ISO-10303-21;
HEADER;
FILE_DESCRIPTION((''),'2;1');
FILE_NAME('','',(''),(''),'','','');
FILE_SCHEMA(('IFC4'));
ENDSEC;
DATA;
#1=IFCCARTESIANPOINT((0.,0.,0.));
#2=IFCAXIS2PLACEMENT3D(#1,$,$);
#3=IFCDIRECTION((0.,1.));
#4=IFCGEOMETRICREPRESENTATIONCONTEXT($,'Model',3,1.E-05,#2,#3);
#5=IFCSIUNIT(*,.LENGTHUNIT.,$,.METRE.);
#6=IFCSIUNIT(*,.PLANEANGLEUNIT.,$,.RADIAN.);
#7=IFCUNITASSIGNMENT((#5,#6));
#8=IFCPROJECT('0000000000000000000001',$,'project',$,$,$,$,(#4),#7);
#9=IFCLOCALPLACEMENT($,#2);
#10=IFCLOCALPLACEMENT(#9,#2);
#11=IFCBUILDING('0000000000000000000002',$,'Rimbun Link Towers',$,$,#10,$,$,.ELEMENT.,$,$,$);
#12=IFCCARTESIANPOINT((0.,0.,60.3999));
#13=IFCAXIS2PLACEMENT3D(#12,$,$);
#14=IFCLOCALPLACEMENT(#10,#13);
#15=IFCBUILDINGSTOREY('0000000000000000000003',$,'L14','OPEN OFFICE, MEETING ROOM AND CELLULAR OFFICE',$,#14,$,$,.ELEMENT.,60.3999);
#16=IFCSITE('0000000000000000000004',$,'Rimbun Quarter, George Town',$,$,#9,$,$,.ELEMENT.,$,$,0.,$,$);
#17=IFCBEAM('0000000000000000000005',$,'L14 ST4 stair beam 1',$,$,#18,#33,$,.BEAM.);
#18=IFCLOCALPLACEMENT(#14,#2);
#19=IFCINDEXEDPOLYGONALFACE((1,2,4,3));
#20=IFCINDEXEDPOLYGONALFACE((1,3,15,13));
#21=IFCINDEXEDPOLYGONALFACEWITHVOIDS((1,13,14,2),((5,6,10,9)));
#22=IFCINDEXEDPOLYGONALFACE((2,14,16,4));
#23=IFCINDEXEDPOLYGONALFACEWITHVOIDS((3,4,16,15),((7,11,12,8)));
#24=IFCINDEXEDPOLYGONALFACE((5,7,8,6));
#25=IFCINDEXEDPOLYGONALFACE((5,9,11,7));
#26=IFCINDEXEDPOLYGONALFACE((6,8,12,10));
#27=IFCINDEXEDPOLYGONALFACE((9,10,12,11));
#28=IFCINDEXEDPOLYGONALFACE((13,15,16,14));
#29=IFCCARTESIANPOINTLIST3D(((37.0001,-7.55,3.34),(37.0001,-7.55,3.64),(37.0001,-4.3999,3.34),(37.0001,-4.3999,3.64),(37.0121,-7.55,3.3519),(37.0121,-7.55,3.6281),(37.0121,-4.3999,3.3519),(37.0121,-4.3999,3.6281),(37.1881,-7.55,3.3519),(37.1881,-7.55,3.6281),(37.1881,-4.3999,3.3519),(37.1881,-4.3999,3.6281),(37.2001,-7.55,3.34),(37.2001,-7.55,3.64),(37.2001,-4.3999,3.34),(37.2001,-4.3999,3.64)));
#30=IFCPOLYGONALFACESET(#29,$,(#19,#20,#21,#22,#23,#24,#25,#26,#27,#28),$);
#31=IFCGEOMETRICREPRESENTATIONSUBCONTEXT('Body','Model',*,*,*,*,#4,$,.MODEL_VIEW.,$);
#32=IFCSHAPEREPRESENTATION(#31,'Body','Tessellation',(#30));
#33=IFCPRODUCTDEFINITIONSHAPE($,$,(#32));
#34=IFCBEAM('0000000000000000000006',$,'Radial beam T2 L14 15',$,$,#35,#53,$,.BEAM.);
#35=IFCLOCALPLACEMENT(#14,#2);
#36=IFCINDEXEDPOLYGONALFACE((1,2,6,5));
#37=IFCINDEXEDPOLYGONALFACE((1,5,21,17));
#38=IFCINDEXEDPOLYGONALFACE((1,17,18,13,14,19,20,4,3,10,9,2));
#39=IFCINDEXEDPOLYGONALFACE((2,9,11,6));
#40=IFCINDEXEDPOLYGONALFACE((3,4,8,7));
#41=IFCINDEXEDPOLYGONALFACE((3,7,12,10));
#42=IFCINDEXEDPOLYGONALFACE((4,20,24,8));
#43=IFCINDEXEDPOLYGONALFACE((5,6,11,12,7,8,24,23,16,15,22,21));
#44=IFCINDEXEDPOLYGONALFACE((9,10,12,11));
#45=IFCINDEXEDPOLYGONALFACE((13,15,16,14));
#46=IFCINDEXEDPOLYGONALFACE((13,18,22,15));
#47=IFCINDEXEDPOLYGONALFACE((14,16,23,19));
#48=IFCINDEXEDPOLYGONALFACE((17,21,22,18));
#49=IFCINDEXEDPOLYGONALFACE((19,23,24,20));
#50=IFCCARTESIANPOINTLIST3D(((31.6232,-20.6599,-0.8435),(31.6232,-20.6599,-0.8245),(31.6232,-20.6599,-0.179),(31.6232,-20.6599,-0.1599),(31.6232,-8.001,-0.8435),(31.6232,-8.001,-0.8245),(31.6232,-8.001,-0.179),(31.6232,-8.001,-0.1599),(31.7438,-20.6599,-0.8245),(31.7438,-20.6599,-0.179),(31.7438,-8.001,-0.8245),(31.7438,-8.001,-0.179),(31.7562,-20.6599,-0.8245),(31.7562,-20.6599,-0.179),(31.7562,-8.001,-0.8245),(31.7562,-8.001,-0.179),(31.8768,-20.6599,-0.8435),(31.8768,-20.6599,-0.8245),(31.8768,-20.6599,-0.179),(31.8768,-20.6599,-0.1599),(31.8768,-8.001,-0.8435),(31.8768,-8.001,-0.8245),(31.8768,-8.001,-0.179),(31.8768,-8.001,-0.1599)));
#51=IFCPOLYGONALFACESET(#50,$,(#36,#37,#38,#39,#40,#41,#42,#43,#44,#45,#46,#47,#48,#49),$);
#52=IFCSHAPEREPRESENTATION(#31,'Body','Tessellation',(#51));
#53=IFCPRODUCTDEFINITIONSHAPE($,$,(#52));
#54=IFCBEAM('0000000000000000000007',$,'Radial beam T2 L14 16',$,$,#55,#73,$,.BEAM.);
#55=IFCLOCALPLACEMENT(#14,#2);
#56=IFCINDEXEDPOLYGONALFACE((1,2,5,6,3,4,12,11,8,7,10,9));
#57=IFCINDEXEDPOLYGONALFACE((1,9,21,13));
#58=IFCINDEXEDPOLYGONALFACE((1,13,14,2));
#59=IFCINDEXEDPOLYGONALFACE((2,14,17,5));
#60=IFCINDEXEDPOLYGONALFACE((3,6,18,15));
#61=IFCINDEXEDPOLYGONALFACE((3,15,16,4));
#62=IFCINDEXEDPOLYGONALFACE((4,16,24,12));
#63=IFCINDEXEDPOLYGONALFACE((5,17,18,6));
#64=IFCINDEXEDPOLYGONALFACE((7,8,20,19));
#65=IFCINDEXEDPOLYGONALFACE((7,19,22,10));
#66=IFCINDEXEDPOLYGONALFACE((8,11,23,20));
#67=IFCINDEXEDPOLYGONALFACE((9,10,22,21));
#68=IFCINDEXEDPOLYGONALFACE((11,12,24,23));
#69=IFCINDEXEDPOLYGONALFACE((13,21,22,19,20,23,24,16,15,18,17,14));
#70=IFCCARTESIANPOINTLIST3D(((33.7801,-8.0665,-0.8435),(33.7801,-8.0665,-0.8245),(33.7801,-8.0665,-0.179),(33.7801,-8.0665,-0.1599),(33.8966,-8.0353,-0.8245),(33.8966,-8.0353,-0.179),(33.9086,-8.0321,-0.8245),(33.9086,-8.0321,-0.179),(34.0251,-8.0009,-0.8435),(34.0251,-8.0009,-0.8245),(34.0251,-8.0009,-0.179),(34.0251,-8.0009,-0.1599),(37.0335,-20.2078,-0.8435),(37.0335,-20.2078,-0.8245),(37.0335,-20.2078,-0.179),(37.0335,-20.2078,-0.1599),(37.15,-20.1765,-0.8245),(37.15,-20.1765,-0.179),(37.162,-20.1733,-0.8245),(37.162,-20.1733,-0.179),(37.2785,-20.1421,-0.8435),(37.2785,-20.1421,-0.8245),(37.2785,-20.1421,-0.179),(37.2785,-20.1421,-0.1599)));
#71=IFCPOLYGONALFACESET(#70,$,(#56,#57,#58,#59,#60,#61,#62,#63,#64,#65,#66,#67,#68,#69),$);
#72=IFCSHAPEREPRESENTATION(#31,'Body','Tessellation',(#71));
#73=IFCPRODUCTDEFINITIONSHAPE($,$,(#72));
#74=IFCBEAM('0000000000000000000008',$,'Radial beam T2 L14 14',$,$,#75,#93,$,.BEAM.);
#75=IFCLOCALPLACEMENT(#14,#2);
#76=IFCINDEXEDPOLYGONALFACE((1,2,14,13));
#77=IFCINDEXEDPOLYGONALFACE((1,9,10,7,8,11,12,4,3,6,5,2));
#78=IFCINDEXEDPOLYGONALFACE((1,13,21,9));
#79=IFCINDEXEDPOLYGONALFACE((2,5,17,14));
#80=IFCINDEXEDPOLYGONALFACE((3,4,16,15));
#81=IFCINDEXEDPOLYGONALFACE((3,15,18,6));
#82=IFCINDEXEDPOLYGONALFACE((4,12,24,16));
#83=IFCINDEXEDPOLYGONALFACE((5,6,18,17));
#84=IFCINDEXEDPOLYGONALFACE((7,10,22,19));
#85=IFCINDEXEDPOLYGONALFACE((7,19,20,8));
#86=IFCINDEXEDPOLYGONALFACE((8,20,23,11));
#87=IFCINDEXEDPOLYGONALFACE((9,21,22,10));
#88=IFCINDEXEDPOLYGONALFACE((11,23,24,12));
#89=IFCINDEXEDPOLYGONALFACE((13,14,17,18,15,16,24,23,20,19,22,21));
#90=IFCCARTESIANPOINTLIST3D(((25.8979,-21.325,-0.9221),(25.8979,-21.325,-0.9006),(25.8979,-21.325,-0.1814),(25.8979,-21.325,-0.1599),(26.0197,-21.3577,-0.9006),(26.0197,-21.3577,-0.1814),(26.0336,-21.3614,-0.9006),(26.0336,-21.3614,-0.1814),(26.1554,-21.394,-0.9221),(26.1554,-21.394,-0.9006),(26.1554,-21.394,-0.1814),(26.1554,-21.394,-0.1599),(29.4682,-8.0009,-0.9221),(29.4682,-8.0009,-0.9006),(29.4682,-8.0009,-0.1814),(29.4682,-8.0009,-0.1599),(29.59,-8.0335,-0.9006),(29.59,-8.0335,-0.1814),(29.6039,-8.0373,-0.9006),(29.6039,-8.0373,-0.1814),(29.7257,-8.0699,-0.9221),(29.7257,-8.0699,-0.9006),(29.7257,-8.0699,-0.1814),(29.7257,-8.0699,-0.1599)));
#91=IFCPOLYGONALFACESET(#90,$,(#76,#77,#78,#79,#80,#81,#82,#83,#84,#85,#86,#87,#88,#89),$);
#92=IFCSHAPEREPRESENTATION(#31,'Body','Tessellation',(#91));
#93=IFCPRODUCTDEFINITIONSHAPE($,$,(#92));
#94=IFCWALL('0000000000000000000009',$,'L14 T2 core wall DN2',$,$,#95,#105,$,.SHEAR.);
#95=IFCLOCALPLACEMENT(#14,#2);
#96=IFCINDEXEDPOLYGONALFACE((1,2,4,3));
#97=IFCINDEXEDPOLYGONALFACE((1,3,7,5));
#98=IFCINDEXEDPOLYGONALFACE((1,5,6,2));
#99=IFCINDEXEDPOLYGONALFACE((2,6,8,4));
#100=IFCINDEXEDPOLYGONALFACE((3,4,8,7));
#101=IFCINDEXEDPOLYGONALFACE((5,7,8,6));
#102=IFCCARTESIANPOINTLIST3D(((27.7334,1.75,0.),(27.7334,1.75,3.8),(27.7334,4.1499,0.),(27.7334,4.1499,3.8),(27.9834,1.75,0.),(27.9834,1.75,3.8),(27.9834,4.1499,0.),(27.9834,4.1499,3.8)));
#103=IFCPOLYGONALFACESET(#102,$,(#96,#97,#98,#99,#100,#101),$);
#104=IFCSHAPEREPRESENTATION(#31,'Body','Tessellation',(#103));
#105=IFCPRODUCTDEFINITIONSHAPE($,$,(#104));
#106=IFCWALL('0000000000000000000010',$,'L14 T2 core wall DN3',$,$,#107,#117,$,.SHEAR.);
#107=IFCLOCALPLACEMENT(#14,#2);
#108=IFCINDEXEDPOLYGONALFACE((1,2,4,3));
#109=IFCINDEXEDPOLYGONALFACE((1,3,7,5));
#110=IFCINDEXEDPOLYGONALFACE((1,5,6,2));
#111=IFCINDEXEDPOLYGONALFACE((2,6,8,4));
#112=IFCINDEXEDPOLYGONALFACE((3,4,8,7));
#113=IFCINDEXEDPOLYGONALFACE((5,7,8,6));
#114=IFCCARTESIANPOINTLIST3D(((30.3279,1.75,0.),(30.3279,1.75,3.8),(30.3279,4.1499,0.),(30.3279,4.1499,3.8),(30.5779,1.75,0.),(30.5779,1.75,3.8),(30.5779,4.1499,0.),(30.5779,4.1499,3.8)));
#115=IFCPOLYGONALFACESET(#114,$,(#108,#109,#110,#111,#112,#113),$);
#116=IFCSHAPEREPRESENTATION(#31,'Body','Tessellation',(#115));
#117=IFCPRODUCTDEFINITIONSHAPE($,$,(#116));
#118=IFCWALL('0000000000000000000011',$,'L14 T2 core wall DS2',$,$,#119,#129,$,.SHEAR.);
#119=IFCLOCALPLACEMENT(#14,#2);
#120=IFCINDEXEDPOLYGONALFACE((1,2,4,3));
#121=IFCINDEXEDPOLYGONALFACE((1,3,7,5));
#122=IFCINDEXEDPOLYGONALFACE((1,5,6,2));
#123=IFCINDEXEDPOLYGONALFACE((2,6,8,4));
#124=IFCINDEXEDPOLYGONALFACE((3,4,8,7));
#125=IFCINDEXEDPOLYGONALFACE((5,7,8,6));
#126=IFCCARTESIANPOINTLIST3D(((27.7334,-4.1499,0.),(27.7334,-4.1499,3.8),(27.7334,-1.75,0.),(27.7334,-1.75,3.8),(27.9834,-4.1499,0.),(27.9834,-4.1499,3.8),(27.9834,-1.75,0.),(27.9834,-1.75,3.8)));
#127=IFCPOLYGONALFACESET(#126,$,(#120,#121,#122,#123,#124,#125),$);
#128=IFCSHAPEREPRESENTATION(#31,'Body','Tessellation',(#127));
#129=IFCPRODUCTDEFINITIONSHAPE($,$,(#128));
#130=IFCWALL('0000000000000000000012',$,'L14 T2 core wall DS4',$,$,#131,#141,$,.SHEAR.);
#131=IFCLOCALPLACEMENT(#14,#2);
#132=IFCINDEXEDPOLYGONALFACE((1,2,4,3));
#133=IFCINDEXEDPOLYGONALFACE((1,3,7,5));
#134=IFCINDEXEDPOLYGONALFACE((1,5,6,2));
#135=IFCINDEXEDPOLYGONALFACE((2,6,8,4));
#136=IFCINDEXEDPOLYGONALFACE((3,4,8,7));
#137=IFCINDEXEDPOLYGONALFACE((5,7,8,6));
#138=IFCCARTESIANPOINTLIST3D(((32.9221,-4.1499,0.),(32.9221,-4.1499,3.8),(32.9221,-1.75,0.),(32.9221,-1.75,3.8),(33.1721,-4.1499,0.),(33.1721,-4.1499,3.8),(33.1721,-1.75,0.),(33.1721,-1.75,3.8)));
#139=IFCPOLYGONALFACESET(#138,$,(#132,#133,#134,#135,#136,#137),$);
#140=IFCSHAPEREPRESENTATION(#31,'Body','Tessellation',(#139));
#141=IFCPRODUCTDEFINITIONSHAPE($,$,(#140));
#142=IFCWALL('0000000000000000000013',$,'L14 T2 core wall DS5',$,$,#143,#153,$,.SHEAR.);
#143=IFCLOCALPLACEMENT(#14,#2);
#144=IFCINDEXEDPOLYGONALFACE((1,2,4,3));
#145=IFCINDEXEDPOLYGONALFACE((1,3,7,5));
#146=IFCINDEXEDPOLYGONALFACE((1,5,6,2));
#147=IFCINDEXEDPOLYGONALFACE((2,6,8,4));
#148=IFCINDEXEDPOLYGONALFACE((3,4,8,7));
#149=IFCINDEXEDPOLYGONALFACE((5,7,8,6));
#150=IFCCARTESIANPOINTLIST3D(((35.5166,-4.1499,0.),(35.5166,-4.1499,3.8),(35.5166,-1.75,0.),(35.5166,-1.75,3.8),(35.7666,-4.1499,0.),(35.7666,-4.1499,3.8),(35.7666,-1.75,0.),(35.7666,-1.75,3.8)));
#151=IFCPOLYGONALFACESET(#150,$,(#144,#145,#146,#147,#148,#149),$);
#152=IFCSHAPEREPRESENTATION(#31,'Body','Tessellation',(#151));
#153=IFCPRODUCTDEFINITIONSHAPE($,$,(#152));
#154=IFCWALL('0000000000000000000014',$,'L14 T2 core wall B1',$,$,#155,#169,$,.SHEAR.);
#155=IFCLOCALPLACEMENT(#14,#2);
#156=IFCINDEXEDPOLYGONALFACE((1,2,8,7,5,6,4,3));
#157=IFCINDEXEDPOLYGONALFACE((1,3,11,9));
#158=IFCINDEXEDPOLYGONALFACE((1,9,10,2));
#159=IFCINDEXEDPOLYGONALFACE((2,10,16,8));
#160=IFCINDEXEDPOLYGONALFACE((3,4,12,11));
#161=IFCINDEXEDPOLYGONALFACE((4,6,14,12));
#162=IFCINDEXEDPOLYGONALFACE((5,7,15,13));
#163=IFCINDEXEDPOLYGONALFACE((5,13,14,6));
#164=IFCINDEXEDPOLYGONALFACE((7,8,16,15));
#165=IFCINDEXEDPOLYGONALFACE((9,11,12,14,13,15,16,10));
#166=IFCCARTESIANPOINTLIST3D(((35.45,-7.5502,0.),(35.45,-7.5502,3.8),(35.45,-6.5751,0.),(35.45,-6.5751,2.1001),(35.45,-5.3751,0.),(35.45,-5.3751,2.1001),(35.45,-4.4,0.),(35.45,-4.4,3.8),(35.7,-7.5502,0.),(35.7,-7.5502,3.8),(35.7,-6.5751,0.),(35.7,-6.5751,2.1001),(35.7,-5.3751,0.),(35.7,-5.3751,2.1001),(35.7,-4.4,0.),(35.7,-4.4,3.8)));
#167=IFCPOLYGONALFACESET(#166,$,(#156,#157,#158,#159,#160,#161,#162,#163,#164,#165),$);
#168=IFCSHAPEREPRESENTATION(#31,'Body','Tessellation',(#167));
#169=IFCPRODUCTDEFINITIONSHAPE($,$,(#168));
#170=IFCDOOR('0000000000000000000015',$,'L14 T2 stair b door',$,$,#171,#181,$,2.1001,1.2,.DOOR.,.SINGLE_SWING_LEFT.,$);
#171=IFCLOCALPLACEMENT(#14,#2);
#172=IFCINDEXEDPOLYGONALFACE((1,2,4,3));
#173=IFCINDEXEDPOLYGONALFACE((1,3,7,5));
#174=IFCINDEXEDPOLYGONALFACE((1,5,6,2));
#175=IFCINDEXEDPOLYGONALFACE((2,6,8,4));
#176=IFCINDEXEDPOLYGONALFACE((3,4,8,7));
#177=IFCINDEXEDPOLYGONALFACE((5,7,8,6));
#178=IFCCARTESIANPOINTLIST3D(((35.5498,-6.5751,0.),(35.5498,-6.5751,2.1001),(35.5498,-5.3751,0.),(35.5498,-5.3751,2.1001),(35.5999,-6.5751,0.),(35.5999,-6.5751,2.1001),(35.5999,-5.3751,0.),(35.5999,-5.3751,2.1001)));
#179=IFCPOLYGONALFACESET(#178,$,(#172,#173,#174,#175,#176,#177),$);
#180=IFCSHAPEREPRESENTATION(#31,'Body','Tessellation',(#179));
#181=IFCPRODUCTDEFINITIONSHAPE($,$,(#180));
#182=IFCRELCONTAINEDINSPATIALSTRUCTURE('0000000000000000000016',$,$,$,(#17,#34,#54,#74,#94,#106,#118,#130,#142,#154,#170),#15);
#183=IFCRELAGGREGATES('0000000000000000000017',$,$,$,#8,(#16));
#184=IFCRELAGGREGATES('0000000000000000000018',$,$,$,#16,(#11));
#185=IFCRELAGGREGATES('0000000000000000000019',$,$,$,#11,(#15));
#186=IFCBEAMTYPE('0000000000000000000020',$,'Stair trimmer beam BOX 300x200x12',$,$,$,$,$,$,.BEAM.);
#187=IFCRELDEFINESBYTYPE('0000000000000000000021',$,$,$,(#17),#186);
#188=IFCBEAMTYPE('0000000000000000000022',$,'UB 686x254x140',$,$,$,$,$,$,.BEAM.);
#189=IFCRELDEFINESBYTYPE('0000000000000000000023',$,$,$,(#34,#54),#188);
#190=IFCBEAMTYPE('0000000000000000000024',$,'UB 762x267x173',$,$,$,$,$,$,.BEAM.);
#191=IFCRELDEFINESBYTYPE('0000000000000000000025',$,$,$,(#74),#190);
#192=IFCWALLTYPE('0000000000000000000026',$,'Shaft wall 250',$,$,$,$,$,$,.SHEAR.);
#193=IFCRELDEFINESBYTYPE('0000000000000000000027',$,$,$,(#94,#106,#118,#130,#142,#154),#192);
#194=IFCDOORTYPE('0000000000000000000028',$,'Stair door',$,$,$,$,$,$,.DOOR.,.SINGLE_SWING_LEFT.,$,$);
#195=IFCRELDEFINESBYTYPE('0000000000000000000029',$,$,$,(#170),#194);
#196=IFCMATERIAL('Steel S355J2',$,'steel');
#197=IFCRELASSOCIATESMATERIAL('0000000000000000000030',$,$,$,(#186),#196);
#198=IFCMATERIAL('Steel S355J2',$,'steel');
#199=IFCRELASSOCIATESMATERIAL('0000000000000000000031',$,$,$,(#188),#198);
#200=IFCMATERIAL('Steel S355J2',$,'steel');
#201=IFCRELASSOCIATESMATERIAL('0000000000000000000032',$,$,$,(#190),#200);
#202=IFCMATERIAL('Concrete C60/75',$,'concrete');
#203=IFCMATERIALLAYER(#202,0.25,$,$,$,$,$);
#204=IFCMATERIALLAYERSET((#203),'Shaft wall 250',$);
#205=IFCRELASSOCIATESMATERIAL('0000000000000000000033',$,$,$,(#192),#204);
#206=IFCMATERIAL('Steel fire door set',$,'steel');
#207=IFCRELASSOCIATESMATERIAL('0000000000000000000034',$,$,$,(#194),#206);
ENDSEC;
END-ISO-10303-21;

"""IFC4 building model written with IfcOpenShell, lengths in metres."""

from ifc_helpers import new_model, si_unit, direction, frame, frame_2d, origin, origin_2d, place, context, subcontext, project, spatial, rectangle, hollow_rectangle, i_section, extrude, material, layer, layer_set, material_profile, profile_set, type_object, element, fill, save


model = new_model("IFC4")

# Units and contexts
model_context = context("Model", 3, precision=1e-05, world=origin(), true_north=direction((0.0, 1.0)))
body_context = subcontext(model_context, "Body", "Model", "MODEL_VIEW")
ifc_project = project(units=[si_unit("LENGTHUNIT", "METRE"), si_unit("PLANEANGLEUNIT", "RADIAN")], contexts=[model_context])

# Site, building, storey
site_placement = place(None, origin())
site = spatial("IfcSite", under=ifc_project, at=site_placement, Name="Rimbun Quarter, George Town", CompositionType="ELEMENT", RefElevation=0.0)
building_placement = place(site_placement, origin())
building = spatial("IfcBuilding", under=site, at=building_placement, Name="Rimbun Link Towers", CompositionType="ELEMENT")
storey_placement = place(building_placement, frame((0.0, 0.0, 60.3999)))
storey = spatial("IfcBuildingStorey", under=building, at=storey_placement, Name="L14", Description="OPEN OFFICE, MEETING ROOM AND CELLULAR OFFICE", CompositionType="ELEMENT", Elevation=60.3999)

# Beams
ifc_material_1 = material(Name="Steel S355J2", Category="steel")
ifc_material_profile_1 = material_profile(ifc_material_1, hollow_rectangle(XDim=0.2, YDim=0.3, WallThickness=0.012, at=origin_2d()), Name="BOX 300x200x12")
ifc_profile_set_1 = profile_set([ifc_material_profile_1], Name="Steel S355J2")
beam_type_1 = type_object("IfcBeamType", Name="Stair trimmer beam BOX 300x200x12", PredefinedType="BEAM", material=ifc_profile_set_1)
beam_1_placement = place(storey_placement, frame((37.1001, -7.55, 3.49), z_axis=(0.0, 1.0, 0.0), x_axis=(-1.0, 0.0, 0.0)))
element("IfcBeam", 1, at=beam_1_placement, inside=storey, type_object=beam_type_1, Name="L14 ST4 stair beam 1", PredefinedType="BEAM", context=body_context, shape_type="SweptSolid", body=[
    extrude(hollow_rectangle(XDim=0.2, YDim=0.3, WallThickness=0.012, at=origin_2d()), origin(), (0.0, 0.0, 1.0), 3.1501),
])
ifc_material_2 = material(Name="Steel S355J2", Category="steel")
ifc_material_profile_2 = material_profile(ifc_material_2, i_section(OverallWidth=0.2537, OverallDepth=0.6836, WebThickness=0.0125, FlangeThickness=0.019, at=origin_2d()), Name="UB 686x254x140")
ifc_profile_set_2 = profile_set([ifc_material_profile_2], Name="Steel S355J2")
beam_type_2 = type_object("IfcBeamType", Name="UB 686x254x140", PredefinedType="BEAM", material=ifc_profile_set_2)
beam_2_placement = place(storey_placement, frame((31.75, -8.001, -0.5017), z_axis=(0.0, -1.0, 0.0), x_axis=(1.0, 0.0, 0.0)))
element("IfcBeam", 2, at=beam_2_placement, inside=storey, type_object=beam_type_2, Name="Radial beam T2 L14 15", PredefinedType="BEAM", context=body_context, shape_type="SweptSolid", body=[
    extrude(i_section(OverallWidth=0.2537, OverallDepth=0.6836, WebThickness=0.0125, FlangeThickness=0.019, at=origin_2d()), origin(), (0.0, 0.0, 1.0), 12.6589),
])
beam_3_placement = place(storey_placement, frame((33.9026, -8.0337, -0.5017), z_axis=(0.25883, -0.965923, 0.0), x_axis=(0.965923, 0.25883, 0.0)))
element("IfcBeam", 3, at=beam_3_placement, inside=storey, type_object=beam_type_2, Name="Radial beam T2 L14 16", PredefinedType="BEAM", context=body_context, shape_type="SweptSolid", body=[
    extrude(i_section(OverallWidth=0.2537, OverallDepth=0.6836, WebThickness=0.0125, FlangeThickness=0.019, at=origin_2d()), origin(), (0.0, 0.0, 1.0), 12.5696),
])
ifc_material_3 = material(Name="Steel S355J2", Category="steel")
ifc_material_profile_3 = material_profile(ifc_material_3, i_section(OverallWidth=0.2666, OverallDepth=0.7622, WebThickness=0.0144, FlangeThickness=0.0215, at=origin_2d()), Name="UB 762x267x173")
ifc_profile_set_3 = profile_set([ifc_material_profile_3], Name="Steel S355J2")
beam_type_3 = type_object("IfcBeamType", Name="UB 762x267x173", PredefinedType="BEAM", material=ifc_profile_set_3)
beam_4_placement = place(storey_placement, frame((29.5969, -8.0354, -0.541), z_axis=(-0.258826, -0.965924, 0.0), x_axis=(0.965924, -0.258826, 0.0)))
element("IfcBeam", 4, at=beam_4_placement, inside=storey, type_object=beam_type_3, Name="Radial beam T2 L14 14", PredefinedType="BEAM", context=body_context, shape_type="SweptSolid", body=[
    extrude(i_section(OverallWidth=0.2666, OverallDepth=0.7622, WebThickness=0.0144, FlangeThickness=0.0215, at=origin_2d()), origin(), (0.0, 0.0, 1.0), 13.7942),
])

# Walls
ifc_material_4 = material(Name="Concrete C60/75", Category="concrete")
ifc_layer = layer(ifc_material_4, 0.25)
ifc_layer_set = layer_set([ifc_layer], Name="Shaft wall 250")
wall_type = type_object("IfcWallType", Name="Shaft wall 250", PredefinedType="SHEAR", material=ifc_layer_set)
for number, where, z_axis, x_axis, name in (
    (5, (27.8584, 1.75, 0.0), (0.0, 0.0, 1.0), (0.0, 1.0, 0.0), "L14 T2 core wall DN2"),
    (6, (30.4529, 1.75, 0.0), (0.0, 0.0, 1.0), (0.0, 1.0, 0.0), "L14 T2 core wall DN3"),
    (7, (27.8584, -4.1499, 0.0), (0.0, 0.0, 1.0), (0.0, 1.0, 0.0), "L14 T2 core wall DS2"),
    (8, (33.0471, -4.1499, 0.0), (0.0, 0.0, 1.0), (0.0, 1.0, 0.0), "L14 T2 core wall DS4"),
    (9, (35.6416, -4.1499, 0.0), (0.0, 0.0, 1.0), (0.0, 1.0, 0.0), "L14 T2 core wall DS5"),
):
    element("IfcWall", number, at=place(storey_placement, frame(where, z_axis=z_axis, x_axis=x_axis)), inside=storey, type_object=wall_type, Name=name, PredefinedType="SHEAR", context=body_context, shape_type="SweptSolid", body=[
        extrude(rectangle(XDim=2.3999, YDim=0.25, at=frame_2d((1.2, 0.0))), origin(), (0.0, 0.0, 1.0), 3.8),
    ])

# Wall, opening, door
wall_1_placement = place(storey_placement, frame((35.575, -4.3999, 0.0), z_axis=(0.0, 0.0, 1.0), x_axis=(0.0, -1.0, 0.0)))
wall_1 = element("IfcWall", 10, at=wall_1_placement, inside=storey, type_object=wall_type, Name="L14 T2 core wall B1", PredefinedType="SHEAR", context=body_context, shape_type="SweptSolid", body=[
    extrude(rectangle(XDim=3.1501, YDim=0.25, at=frame_2d((1.5752, 0.0))), origin(), (0.0, 0.0, 1.0), 3.8),
])
opening_1_placement = place(wall_1_placement, frame((0.9751, 0.0, 0.0)))
opening_1 = element("IfcOpeningElement", 11, at=opening_1_placement, cuts=wall_1, PredefinedType="OPENING", context=body_context, shape_type="SweptSolid", body=[
    extrude(rectangle(XDim=1.2, YDim=2.1001, at=frame_2d((0.6001, 1.05))), frame((0.0, 0.135, 0.0), z_axis=(0.0, -1.0, 0.0), x_axis=(1.0, 0.0, 0.0)), (0.0, 0.0, 1.0), 0.27),
])
ifc_material_5 = material(Name="Steel fire door set", Category="steel")
door_type_1 = type_object("IfcDoorType", Name="Stair door", OperationType="SINGLE_SWING_LEFT", PredefinedType="DOOR", material=ifc_material_5)
door_1_placement = place(opening_1_placement, origin())
door_1 = element("IfcDoor", 12, at=door_1_placement, inside=storey, type_object=door_type_1, Name="L14 T2 stair b door", OperationType="SINGLE_SWING_LEFT", OverallHeight=2.1001, OverallWidth=1.2, PredefinedType="DOOR", context=body_context, shape_type="SweptSolid", body=[
    extrude(rectangle(XDim=1.2, YDim=2.1001, at=frame_2d((0.6001, 1.05))), frame((0.0, 0.0249, 0.0), z_axis=(0.0, -1.0, 0.0), x_axis=(1.0, 0.0, 0.0)), (0.0, 0.0, 1.0), 0.05),
])
fill(opening_1, door_1)

save(model, "model.ifc")
